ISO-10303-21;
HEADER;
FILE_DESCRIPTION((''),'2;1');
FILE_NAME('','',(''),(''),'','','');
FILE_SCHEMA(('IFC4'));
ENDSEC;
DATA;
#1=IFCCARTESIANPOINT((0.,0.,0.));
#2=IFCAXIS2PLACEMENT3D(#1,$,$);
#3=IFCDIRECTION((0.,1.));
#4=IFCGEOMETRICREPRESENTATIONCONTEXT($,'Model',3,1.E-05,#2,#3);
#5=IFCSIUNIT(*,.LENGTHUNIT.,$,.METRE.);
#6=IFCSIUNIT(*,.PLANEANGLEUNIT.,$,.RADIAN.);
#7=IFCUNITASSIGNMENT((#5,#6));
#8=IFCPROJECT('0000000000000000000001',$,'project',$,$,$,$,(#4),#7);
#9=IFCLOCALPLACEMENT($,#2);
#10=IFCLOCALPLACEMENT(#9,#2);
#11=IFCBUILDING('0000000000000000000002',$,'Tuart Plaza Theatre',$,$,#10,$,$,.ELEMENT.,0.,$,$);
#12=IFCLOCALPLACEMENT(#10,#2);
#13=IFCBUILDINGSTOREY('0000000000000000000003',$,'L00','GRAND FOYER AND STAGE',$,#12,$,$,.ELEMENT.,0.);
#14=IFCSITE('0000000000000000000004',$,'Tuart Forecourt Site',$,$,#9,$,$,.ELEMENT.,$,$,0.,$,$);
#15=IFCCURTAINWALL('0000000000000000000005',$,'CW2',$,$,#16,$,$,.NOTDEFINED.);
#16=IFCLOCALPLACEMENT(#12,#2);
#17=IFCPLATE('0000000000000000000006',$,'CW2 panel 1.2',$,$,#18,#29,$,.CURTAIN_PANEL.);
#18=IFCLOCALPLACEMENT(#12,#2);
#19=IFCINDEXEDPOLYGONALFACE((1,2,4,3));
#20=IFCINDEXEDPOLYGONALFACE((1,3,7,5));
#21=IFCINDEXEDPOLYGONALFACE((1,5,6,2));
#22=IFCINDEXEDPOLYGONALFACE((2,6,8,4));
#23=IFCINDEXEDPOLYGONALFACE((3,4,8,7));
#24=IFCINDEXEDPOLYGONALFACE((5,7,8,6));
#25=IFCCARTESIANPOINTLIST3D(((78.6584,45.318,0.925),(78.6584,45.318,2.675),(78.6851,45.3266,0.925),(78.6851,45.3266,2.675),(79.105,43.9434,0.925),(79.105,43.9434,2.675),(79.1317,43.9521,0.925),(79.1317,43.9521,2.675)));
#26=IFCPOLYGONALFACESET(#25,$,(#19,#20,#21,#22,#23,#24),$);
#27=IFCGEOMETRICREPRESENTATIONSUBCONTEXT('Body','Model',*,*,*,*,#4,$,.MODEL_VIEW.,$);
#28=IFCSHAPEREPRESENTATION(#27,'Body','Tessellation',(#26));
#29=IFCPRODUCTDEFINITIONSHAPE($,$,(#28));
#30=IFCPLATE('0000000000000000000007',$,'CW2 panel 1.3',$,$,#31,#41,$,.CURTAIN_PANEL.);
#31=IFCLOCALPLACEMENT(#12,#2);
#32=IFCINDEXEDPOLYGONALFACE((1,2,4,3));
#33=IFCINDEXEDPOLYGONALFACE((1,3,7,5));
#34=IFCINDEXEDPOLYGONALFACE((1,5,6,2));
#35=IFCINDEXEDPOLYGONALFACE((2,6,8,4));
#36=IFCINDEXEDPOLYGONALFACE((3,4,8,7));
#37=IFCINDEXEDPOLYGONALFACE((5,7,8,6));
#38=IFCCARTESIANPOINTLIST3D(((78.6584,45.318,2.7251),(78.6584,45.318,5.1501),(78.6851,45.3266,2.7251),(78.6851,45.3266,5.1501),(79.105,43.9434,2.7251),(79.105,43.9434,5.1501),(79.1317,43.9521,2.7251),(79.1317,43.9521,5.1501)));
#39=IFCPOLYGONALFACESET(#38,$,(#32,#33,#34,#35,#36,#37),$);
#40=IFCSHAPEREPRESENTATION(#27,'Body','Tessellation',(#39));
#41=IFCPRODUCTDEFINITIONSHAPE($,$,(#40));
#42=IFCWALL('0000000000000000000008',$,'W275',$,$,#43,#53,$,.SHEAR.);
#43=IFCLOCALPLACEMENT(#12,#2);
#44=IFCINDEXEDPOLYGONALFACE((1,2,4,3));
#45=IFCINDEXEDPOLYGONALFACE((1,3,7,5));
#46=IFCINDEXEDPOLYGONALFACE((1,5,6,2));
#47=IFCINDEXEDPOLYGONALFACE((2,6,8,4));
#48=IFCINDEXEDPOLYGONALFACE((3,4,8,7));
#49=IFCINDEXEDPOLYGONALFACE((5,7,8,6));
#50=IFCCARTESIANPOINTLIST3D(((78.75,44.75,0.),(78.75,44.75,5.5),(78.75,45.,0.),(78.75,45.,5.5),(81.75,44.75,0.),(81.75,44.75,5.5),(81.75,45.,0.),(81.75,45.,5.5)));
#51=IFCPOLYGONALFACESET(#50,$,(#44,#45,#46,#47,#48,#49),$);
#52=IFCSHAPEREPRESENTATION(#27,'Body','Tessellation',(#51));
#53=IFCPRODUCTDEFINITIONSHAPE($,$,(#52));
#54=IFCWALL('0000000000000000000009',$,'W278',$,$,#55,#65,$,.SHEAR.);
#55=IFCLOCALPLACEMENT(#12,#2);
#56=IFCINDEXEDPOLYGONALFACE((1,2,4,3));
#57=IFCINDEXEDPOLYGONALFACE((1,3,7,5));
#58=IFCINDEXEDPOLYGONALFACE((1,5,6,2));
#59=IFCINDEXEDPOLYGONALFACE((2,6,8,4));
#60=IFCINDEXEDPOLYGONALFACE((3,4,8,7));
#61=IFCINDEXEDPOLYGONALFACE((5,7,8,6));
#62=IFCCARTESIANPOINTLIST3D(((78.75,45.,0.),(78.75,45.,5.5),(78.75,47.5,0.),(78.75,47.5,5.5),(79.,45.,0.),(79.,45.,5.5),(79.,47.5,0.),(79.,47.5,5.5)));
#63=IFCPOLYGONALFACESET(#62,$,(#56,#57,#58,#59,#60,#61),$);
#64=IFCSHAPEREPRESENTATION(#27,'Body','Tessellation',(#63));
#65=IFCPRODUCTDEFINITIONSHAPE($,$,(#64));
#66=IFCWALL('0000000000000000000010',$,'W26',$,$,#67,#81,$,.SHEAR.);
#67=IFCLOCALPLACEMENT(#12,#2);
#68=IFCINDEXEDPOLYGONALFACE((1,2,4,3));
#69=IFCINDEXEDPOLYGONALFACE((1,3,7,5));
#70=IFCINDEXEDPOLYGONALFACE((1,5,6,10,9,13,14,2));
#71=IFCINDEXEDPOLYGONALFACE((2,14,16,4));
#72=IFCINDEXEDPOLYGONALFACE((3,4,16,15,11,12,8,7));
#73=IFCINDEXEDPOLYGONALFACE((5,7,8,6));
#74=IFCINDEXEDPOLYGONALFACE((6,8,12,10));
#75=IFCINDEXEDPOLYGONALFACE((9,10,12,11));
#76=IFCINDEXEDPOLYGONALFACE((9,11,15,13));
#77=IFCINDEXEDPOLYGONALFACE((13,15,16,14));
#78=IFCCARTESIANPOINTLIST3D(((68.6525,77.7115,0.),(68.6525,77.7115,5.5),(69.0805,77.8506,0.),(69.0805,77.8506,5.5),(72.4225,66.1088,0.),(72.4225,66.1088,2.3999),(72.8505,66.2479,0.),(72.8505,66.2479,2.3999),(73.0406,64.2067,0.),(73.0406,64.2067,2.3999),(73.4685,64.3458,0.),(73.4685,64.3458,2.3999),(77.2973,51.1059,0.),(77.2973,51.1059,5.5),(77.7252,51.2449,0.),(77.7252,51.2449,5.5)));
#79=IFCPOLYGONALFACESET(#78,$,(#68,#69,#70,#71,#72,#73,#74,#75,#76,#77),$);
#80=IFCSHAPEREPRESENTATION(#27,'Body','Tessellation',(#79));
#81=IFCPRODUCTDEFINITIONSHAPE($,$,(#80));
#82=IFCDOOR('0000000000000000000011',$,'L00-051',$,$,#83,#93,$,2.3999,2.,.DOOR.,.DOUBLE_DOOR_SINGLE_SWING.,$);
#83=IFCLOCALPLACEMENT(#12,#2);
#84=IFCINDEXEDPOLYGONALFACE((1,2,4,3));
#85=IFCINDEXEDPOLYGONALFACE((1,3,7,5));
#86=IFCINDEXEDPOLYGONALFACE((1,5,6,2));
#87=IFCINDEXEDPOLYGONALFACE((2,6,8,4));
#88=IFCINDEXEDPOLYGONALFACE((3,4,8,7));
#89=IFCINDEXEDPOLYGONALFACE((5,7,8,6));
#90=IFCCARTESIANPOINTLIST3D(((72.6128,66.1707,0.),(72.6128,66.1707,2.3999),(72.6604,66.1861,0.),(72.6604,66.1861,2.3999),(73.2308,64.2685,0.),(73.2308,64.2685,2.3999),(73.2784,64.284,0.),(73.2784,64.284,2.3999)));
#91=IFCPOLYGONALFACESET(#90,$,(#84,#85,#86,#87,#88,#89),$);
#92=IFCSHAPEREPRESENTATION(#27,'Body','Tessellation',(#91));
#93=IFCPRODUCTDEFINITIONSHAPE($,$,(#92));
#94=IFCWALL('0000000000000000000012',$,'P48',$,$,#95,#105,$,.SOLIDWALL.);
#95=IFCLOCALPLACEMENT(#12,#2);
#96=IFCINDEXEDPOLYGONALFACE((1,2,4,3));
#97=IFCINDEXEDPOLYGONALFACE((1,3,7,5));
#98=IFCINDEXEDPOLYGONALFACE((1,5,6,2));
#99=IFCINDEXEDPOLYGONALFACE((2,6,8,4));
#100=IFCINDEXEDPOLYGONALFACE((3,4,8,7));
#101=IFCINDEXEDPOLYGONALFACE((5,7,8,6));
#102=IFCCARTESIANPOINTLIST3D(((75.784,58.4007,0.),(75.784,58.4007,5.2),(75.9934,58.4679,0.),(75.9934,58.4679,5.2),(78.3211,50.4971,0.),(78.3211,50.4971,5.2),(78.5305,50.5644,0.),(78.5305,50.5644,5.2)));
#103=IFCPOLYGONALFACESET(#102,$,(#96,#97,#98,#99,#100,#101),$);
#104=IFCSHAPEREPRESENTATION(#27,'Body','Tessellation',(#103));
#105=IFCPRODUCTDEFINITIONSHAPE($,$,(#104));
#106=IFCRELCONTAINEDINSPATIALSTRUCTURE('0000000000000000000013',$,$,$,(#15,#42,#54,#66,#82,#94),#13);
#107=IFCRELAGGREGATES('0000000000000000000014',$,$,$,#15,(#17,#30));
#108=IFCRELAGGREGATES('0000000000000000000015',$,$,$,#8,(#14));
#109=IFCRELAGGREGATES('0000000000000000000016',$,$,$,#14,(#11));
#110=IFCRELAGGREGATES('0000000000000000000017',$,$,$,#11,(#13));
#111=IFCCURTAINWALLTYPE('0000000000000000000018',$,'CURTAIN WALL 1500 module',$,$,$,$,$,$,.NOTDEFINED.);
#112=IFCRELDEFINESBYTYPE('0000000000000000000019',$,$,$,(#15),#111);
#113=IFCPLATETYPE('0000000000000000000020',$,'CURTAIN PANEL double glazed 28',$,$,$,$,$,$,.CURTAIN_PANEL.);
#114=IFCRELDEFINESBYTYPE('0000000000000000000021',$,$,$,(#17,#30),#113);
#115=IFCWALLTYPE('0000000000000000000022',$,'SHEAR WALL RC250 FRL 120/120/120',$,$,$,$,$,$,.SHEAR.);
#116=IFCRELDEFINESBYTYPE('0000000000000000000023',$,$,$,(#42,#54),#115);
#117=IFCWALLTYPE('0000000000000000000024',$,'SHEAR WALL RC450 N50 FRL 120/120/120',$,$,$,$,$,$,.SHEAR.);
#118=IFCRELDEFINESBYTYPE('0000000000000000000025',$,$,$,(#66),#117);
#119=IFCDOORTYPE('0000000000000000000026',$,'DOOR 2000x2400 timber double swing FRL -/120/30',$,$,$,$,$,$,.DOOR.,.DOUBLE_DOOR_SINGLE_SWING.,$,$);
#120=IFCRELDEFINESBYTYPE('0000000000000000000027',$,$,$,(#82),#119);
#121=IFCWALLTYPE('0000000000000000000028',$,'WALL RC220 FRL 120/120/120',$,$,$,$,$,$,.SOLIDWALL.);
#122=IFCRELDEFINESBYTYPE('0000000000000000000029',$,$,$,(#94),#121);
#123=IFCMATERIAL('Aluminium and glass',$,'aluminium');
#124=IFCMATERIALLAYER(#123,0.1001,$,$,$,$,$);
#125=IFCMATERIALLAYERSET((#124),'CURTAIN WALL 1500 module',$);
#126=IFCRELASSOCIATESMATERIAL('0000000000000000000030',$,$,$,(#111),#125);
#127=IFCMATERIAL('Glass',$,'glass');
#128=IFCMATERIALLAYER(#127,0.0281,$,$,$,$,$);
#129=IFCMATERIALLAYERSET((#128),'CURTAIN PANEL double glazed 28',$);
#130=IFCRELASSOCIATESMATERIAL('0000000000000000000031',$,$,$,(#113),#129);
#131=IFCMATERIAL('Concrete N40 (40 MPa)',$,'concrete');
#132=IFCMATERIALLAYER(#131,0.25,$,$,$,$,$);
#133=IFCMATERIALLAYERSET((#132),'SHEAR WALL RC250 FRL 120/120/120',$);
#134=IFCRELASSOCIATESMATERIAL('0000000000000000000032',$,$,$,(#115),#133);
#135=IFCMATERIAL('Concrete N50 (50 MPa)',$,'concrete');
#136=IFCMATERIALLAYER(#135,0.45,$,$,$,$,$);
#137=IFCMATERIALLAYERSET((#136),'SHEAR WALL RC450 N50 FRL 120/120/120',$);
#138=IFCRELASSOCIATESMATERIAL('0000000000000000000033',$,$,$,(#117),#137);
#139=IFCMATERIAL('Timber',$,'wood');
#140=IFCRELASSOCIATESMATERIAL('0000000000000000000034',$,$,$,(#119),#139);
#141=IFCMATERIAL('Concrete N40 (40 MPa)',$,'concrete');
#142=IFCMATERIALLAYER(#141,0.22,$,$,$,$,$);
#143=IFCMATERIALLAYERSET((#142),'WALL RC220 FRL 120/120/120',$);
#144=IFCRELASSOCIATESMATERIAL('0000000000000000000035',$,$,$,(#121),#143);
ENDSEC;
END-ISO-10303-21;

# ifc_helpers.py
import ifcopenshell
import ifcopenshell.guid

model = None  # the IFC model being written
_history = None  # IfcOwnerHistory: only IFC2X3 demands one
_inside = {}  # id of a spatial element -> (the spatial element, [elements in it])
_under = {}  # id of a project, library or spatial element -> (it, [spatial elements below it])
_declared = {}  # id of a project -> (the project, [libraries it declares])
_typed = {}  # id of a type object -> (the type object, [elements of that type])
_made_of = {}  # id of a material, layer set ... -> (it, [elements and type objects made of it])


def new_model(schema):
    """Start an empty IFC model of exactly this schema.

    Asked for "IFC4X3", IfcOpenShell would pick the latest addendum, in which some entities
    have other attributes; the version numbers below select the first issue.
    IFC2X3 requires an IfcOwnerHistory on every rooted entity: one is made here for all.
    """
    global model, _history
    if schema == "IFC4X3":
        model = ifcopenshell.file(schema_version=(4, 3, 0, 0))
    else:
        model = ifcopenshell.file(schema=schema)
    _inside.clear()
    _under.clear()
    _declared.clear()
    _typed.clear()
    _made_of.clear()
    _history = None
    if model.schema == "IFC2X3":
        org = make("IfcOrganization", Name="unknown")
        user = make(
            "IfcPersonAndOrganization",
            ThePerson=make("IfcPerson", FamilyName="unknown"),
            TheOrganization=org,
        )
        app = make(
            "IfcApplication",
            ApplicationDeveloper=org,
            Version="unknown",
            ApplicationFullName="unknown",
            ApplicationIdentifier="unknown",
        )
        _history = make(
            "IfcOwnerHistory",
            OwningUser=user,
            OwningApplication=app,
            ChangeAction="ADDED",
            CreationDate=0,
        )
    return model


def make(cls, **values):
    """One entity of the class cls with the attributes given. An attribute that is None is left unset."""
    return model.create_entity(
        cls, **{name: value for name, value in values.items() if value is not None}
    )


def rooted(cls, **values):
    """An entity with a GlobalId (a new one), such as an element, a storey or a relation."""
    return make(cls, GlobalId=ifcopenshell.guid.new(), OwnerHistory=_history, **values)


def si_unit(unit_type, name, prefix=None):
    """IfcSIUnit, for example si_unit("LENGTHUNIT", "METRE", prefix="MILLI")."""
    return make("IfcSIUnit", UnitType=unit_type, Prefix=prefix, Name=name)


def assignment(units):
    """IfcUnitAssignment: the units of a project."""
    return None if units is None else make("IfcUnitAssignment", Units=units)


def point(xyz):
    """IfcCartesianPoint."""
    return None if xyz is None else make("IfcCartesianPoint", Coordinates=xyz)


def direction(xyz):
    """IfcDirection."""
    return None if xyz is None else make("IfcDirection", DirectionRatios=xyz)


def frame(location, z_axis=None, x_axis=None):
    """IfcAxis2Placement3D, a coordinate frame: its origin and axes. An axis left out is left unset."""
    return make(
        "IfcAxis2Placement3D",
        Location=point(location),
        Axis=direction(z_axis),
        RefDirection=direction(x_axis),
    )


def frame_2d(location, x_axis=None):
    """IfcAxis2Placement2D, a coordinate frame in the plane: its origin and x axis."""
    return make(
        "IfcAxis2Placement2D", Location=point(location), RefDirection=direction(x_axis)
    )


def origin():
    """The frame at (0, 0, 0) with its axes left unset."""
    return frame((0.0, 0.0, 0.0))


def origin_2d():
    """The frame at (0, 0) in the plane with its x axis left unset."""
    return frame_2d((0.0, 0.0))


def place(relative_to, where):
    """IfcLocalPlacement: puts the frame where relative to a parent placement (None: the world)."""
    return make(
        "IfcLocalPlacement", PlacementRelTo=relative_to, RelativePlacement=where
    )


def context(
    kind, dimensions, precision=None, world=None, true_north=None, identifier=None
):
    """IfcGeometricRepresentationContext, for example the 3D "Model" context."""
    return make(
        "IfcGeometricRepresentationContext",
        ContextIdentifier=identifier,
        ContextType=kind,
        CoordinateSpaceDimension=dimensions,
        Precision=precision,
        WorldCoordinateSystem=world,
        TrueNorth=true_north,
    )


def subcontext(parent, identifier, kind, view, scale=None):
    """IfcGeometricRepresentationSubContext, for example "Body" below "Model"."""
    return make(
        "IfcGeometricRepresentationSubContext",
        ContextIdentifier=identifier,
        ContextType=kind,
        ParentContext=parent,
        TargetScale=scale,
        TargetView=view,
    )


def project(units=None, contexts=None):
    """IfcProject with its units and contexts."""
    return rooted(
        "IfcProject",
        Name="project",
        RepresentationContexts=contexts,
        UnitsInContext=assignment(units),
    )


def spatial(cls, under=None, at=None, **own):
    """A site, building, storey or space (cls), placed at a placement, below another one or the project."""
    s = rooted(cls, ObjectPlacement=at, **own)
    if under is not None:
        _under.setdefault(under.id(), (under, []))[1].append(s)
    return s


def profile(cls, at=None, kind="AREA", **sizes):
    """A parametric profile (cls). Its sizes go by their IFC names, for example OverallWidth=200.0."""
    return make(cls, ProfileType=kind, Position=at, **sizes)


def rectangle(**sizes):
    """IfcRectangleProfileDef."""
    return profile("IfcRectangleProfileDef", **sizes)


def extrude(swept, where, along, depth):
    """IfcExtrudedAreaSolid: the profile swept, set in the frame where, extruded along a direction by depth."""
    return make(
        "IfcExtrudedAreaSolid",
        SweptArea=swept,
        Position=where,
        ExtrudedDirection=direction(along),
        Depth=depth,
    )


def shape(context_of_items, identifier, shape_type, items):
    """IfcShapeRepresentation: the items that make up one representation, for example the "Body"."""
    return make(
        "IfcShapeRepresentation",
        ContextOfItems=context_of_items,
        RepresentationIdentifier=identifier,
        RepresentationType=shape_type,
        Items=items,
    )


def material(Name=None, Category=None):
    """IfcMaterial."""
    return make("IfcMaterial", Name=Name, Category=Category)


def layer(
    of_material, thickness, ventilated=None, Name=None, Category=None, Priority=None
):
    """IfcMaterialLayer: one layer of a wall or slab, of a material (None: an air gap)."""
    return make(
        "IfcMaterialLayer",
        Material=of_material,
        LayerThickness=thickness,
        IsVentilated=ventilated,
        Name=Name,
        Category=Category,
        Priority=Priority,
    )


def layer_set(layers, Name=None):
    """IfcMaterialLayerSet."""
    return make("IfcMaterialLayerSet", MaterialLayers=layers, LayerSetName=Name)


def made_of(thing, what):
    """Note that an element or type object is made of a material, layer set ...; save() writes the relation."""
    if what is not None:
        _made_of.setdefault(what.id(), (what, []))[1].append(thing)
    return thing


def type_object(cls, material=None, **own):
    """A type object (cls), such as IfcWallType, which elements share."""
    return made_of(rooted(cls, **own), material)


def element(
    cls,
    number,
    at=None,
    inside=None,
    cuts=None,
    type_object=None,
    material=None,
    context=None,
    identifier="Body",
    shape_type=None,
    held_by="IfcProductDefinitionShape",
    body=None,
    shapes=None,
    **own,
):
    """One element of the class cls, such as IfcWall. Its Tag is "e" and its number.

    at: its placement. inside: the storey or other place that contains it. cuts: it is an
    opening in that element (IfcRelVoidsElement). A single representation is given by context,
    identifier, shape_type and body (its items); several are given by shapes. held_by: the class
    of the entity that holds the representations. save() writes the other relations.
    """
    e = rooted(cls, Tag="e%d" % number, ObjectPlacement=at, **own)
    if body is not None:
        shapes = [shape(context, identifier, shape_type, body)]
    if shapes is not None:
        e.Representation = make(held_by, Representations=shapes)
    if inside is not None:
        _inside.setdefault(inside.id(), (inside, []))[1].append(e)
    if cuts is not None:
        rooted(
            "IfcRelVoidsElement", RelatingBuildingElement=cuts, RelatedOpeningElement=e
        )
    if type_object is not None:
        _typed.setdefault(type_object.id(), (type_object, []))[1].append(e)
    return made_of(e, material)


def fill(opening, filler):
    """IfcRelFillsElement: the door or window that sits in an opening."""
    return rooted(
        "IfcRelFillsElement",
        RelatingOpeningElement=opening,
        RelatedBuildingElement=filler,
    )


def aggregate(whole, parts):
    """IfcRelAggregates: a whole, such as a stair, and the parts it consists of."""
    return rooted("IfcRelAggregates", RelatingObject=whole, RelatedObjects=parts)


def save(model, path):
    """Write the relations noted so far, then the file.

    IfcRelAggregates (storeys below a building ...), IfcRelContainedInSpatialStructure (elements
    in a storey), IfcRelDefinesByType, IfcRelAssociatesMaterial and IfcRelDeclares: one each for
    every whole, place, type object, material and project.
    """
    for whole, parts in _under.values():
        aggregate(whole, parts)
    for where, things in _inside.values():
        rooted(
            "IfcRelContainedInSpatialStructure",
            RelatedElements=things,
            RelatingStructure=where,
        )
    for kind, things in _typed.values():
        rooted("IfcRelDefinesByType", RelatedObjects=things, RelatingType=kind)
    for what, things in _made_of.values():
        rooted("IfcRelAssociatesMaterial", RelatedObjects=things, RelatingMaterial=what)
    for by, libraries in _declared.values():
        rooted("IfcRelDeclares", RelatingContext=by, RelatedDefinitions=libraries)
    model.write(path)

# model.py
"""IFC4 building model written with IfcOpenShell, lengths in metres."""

from ifc_helpers import new_model, si_unit, direction, frame, frame_2d, origin, origin_2d, place, context, subcontext, project, spatial, rectangle, extrude, material, layer, layer_set, type_object, element, fill, aggregate, save


model = new_model("IFC4")

# Units and contexts
model_context = context("Model", 3, precision=1e-05, world=origin(), true_north=direction((0.0, 1.0)))
body_context = subcontext(model_context, "Body", "Model", "MODEL_VIEW")
ifc_project = project(units=[si_unit("LENGTHUNIT", "METRE"), si_unit("PLANEANGLEUNIT", "RADIAN")], contexts=[model_context])

# Site, building, storey
site_placement = place(None, origin())
site = spatial("IfcSite", under=ifc_project, at=site_placement, Name="Tuart Forecourt Site", CompositionType="ELEMENT", RefElevation=0.0)
building_placement = place(site_placement, origin())
building = spatial("IfcBuilding", under=site, at=building_placement, Name="Tuart Plaza Theatre", CompositionType="ELEMENT", ElevationOfRefHeight=0.0)
storey_placement = place(building_placement, origin())
storey = spatial("IfcBuildingStorey", under=building, at=storey_placement, Name="L00", Description="GRAND FOYER AND STAGE", CompositionType="ELEMENT", Elevation=0.0)

# Curtain wall
ifc_material_1 = material(Name="Aluminium and glass", Category="aluminium")
ifc_layer_1 = layer(ifc_material_1, 0.1001)
ifc_layer_set_1 = layer_set([ifc_layer_1], Name="CURTAIN WALL 1500 module")
curtain_wall_type = type_object("IfcCurtainWallType", Name="CURTAIN WALL 1500 module", PredefinedType="NOTDEFINED", material=ifc_layer_set_1)
curtain_wall_1_placement = place(storey_placement, origin())
curtain_wall_1 = element("IfcCurtainWall", 1, at=curtain_wall_1_placement, inside=storey, type_object=curtain_wall_type, Name="CW2", PredefinedType="NOTDEFINED")

# Plates
ifc_material_2 = material(Name="Glass", Category="glass")
ifc_layer_2 = layer(ifc_material_2, 0.0281)
ifc_layer_set_2 = layer_set([ifc_layer_2], Name="CURTAIN PANEL double glazed 28")
plate_type = type_object("IfcPlateType", Name="CURTAIN PANEL double glazed 28", PredefinedType="CURTAIN_PANEL", material=ifc_layer_set_2)
plate_1_placement = place(storey_placement, frame((78.895, 44.635, 0.925), z_axis=(0.0, 0.0, 1.0), x_axis=(0.309018, -0.951056, 0.0)))
plate_1 = element("IfcPlate", 2, at=plate_1_placement, type_object=plate_type, Name="CW2 panel 1.2", PredefinedType="CURTAIN_PANEL", context=body_context, shape_type="SweptSolid", body=[
    extrude(rectangle(XDim=1.4453, YDim=0.0281, at=origin_2d()), origin(), (0.0, 0.0, 1.0), 1.75),
])
plate_2_placement = place(storey_placement, frame((78.895, 44.635, 2.7251), z_axis=(0.0, 0.0, 1.0), x_axis=(0.309018, -0.951056, 0.0)))
plate_2 = element("IfcPlate", 3, at=plate_2_placement, type_object=plate_type, Name="CW2 panel 1.3", PredefinedType="CURTAIN_PANEL", context=body_context, shape_type="SweptSolid", body=[
    extrude(rectangle(XDim=1.4453, YDim=0.0281, at=origin_2d()), origin(), (0.0, 0.0, 1.0), 2.425),
])
aggregate(curtain_wall_1, [plate_1, plate_2])

# Walls
ifc_material_3 = material(Name="Concrete N40 (40 MPa)", Category="concrete")
ifc_layer_3 = layer(ifc_material_3, 0.25)
ifc_layer_set_3 = layer_set([ifc_layer_3], Name="SHEAR WALL RC250 FRL 120/120/120")
wall_type_1 = type_object("IfcWallType", Name="SHEAR WALL RC250 FRL 120/120/120", PredefinedType="SHEAR", material=ifc_layer_set_3)
wall_1_placement = place(storey_placement, frame((78.75, 44.875, 0.0), z_axis=(0.0, 0.0, 1.0), x_axis=(1.0, 0.0, 0.0)))
element("IfcWall", 4, at=wall_1_placement, inside=storey, type_object=wall_type_1, Name="W275", PredefinedType="SHEAR", context=body_context, shape_type="SweptSolid", body=[
    extrude(rectangle(XDim=3.0, YDim=0.25, at=frame_2d((1.5, 0.0))), origin(), (0.0, 0.0, 1.0), 5.5),
])
wall_2_placement = place(storey_placement, frame((78.875, 47.5, 0.0), z_axis=(0.0, 0.0, 1.0), x_axis=(0.0, -1.0, 0.0)))
element("IfcWall", 5, at=wall_2_placement, inside=storey, type_object=wall_type_1, Name="W278", PredefinedType="SHEAR", context=body_context, shape_type="SweptSolid", body=[
    extrude(rectangle(XDim=2.5, YDim=0.25, at=frame_2d((1.25, 0.0))), origin(), (0.0, 0.0, 1.0), 5.5),
])

# Wall, opening, door
ifc_material_4 = material(Name="Concrete N50 (50 MPa)", Category="concrete")
ifc_layer_4 = layer(ifc_material_4, 0.45)
ifc_layer_set_4 = layer_set([ifc_layer_4], Name="SHEAR WALL RC450 N50 FRL 120/120/120")
wall_type_2 = type_object("IfcWallType", Name="SHEAR WALL RC450 N50 FRL 120/120/120", PredefinedType="SHEAR", material=ifc_layer_set_4)
wall_3_placement = place(storey_placement, frame((77.5112, 51.1755, 0.0), z_axis=(0.0, 0.0, 1.0), x_axis=(-0.309019, 0.951056, 0.0)))
wall_3 = element("IfcWall", 6, at=wall_3_placement, inside=storey, type_object=wall_type_2, Name="W26", PredefinedType="SHEAR", context=body_context, shape_type="SweptSolid", body=[
    extrude(rectangle(XDim=27.9749, YDim=0.45, at=frame_2d((13.9873, 0.0))), origin(), (0.0, 0.0, 1.0), 5.5),
])
opening_placement = place(wall_3_placement, frame((13.7749, 0.0, 0.0)))
opening = element("IfcOpeningElement", 7, at=opening_placement, cuts=wall_3, PredefinedType="OPENING", context=body_context, shape_type="SweptSolid", body=[
    extrude(rectangle(XDim=2.0, YDim=2.3999, at=frame_2d((1.0, 1.2))), frame((0.0, 0.2349, 0.0), z_axis=(0.0, -1.0, 0.0), x_axis=(1.0, 0.0, 0.0)), (0.0, 0.0, 1.0), 0.47),
])
ifc_material_5 = material(Name="Timber", Category="wood")
door_type = type_object("IfcDoorType", Name="DOOR 2000x2400 timber double swing FRL -/120/30", OperationType="DOUBLE_DOOR_SINGLE_SWING", PredefinedType="DOOR", material=ifc_material_5)
door_placement = place(opening_placement, origin())
door = element("IfcDoor", 8, at=door_placement, inside=storey, type_object=door_type, Name="L00-051", OperationType="DOUBLE_DOOR_SINGLE_SWING", OverallHeight=2.3999, OverallWidth=2.0, PredefinedType="DOOR", context=body_context, shape_type="SweptSolid", body=[
    extrude(rectangle(XDim=2.0, YDim=2.3999, at=frame_2d((1.0, 1.2))), frame((0.0, 0.0249, 0.0), z_axis=(0.0, -1.0, 0.0), x_axis=(1.0, 0.0, 0.0)), (0.0, 0.0, 1.0), 0.05),
])
fill(opening, door)

# Wall
ifc_material_6 = material(Name="Concrete N40 (40 MPa)", Category="concrete")
ifc_layer_5 = layer(ifc_material_6, 0.22)
ifc_layer_set_5 = layer_set([ifc_layer_5], Name="WALL RC220 FRL 120/120/120")
wall_type_3 = type_object("IfcWallType", Name="WALL RC220 FRL 120/120/120", PredefinedType="SOLIDWALL", material=ifc_layer_set_5)
wall_4_placement = place(storey_placement, frame((78.4258, 50.5308, 0.0), z_axis=(0.0, 0.0, 1.0), x_axis=(-0.305646, 0.952145, 0.0)))
element("IfcWall", 9, at=wall_4_placement, inside=storey, type_object=wall_type_3, Name="P48", PredefinedType="SOLIDWALL", context=body_context, shape_type="SweptSolid", body=[
    extrude(rectangle(XDim=8.3008, YDim=0.22, at=frame_2d((4.1504, 0.0))), origin(), (0.0, 0.0, 1.0), 5.2),
])

save(model, "model.ifc")
